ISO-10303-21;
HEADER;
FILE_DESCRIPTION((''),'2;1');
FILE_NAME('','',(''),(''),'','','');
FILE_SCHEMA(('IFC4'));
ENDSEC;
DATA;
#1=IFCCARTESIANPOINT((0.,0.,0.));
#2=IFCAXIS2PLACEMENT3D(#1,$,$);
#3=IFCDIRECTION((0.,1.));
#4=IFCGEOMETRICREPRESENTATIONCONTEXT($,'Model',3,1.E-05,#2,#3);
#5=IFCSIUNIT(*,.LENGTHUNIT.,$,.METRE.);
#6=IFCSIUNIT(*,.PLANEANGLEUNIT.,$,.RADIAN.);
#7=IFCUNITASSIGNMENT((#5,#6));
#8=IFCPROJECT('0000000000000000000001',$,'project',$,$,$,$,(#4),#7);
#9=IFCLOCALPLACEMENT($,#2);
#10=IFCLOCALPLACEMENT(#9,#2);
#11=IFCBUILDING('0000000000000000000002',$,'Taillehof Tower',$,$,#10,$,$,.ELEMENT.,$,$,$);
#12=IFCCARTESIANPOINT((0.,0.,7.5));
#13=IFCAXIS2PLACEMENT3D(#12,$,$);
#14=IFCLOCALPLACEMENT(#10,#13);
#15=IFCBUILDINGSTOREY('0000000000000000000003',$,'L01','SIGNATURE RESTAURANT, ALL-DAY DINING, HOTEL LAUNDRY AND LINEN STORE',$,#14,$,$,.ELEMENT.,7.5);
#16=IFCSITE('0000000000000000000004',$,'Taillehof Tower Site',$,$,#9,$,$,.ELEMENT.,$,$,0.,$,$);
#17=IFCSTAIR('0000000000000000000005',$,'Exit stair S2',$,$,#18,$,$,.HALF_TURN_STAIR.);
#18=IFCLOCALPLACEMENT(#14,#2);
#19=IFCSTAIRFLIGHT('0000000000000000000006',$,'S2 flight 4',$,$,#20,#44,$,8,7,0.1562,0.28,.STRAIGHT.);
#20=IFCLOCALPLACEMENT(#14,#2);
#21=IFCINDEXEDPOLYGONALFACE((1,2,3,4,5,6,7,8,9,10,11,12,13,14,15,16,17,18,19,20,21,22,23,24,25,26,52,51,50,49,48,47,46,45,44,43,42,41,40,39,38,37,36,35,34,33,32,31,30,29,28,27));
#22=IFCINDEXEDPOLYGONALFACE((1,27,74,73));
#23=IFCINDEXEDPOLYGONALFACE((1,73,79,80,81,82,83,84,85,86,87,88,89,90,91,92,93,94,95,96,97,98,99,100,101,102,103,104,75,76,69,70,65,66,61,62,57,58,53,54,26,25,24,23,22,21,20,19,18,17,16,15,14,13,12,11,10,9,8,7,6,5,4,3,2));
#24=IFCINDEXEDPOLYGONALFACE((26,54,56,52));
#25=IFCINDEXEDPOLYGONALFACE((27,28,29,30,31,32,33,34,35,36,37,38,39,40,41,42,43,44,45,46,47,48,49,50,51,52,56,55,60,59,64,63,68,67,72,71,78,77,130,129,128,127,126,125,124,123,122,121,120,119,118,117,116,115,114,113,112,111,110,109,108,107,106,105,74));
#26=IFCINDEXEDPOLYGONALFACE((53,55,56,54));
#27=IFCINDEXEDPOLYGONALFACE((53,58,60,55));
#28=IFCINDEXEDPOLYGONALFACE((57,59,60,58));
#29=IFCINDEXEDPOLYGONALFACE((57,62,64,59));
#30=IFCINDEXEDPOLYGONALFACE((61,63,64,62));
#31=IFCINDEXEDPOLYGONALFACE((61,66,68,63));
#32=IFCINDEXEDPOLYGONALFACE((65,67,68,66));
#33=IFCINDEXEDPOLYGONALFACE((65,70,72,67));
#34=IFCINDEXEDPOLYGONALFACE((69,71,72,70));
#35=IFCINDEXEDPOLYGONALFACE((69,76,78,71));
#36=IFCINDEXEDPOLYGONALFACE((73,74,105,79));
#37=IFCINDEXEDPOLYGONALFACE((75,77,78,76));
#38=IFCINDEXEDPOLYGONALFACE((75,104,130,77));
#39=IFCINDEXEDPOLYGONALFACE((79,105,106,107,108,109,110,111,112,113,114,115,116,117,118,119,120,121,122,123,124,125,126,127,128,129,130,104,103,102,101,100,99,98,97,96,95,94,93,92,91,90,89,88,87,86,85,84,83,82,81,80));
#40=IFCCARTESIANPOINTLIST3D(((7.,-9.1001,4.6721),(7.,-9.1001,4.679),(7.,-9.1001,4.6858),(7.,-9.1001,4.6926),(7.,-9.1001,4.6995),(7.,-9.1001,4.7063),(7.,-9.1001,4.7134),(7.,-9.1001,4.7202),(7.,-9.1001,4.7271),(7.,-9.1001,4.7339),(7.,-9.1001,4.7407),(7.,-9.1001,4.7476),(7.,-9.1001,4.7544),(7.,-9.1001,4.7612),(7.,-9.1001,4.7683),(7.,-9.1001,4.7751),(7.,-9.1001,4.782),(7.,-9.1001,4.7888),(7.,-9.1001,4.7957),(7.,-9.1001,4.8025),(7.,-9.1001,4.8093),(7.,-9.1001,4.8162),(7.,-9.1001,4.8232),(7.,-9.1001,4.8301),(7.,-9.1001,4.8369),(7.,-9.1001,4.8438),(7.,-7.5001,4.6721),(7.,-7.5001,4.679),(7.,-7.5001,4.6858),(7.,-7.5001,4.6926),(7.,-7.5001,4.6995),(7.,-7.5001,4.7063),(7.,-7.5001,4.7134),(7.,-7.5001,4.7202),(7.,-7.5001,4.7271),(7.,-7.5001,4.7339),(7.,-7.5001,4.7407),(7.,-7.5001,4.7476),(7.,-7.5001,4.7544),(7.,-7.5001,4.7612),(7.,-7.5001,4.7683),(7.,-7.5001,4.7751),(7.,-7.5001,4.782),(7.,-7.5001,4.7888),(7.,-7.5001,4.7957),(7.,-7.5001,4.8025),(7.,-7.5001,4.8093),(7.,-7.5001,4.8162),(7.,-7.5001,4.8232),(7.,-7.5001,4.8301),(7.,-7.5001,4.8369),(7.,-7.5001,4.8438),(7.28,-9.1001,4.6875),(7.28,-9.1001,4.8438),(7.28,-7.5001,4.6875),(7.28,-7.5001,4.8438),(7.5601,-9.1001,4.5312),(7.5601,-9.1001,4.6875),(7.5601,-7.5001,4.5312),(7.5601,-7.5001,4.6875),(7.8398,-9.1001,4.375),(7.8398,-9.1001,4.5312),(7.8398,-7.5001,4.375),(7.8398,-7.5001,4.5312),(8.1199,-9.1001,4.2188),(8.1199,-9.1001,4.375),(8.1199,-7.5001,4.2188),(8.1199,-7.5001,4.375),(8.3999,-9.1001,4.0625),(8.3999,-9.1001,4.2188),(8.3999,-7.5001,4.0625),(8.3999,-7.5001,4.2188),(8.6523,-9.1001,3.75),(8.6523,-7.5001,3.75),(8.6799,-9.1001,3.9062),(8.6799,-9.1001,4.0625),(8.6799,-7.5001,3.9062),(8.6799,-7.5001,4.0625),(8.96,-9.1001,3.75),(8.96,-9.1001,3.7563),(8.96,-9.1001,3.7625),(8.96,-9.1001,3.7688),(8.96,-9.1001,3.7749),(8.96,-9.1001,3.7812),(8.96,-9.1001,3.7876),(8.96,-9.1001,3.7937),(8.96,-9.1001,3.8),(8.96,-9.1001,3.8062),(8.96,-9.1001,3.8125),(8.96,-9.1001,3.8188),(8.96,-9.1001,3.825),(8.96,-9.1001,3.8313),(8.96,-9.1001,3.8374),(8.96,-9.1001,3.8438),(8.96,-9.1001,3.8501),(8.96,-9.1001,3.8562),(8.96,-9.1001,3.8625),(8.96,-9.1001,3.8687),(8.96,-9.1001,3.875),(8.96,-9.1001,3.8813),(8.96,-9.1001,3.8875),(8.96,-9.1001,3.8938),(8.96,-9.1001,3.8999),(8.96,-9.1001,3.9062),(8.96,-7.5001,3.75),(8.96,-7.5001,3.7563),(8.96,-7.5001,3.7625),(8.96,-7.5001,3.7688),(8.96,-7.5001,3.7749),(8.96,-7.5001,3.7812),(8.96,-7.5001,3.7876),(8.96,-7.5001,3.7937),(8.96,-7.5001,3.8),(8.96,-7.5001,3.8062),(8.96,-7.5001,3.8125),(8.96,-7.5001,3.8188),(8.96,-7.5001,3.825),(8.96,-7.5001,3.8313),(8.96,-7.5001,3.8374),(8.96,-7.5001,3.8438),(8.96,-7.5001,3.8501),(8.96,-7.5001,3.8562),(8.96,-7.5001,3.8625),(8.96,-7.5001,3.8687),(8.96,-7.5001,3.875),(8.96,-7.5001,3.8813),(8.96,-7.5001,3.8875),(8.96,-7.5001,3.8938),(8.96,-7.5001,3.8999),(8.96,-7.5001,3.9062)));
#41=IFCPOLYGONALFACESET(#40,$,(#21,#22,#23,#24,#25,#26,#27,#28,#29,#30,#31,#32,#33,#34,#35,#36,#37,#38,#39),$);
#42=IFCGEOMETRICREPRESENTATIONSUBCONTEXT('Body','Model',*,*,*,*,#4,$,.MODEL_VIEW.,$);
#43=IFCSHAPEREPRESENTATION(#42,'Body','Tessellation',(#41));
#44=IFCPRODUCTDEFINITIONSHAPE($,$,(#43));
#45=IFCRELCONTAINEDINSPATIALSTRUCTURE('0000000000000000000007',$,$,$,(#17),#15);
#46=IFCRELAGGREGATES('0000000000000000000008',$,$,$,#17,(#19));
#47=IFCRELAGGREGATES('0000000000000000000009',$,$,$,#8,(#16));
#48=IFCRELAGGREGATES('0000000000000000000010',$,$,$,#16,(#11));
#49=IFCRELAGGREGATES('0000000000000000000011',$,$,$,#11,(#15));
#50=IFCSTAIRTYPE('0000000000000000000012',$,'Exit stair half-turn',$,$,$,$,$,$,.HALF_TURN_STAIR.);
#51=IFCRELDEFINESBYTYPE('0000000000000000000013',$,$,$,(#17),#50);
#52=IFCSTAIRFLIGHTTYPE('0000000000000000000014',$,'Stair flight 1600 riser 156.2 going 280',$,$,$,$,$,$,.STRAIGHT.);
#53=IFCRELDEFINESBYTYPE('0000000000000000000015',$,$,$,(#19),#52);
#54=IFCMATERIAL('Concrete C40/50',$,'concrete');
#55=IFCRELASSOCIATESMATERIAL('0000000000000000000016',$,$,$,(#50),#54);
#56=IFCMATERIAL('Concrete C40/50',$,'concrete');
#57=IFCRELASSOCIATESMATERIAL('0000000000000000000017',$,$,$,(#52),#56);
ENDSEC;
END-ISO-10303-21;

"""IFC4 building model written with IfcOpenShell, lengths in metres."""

from ifc_helpers import new_model, si_unit, direction, frame, origin, place, context, subcontext, project, spatial, polyline, outline, extrude, material, type_object, element, aggregate, save


model = new_model("IFC4")

# Units and contexts
model_context = context("Model", 3, precision=1e-05, world=origin(), true_north=direction((0.0, 1.0)))
body_context = subcontext(model_context, "Body", "Model", "MODEL_VIEW")
ifc_project = project(units=[si_unit("LENGTHUNIT", "METRE"), si_unit("PLANEANGLEUNIT", "RADIAN")], contexts=[model_context])

# Site, building, storey
site_placement = place(None, origin())
site = spatial("IfcSite", under=ifc_project, at=site_placement, Name="Taillehof Tower Site", CompositionType="ELEMENT", RefElevation=0.0)
building_placement = place(site_placement, origin())
building = spatial("IfcBuilding", under=site, at=building_placement, Name="Taillehof Tower", CompositionType="ELEMENT")
storey_placement = place(building_placement, frame((0.0, 0.0, 7.5)))
storey = spatial("IfcBuildingStorey", under=building, at=storey_placement, Name="L01", Description="SIGNATURE RESTAURANT, ALL-DAY DINING, HOTEL LAUNDRY AND LINEN STORE", CompositionType="ELEMENT", Elevation=7.5)

# Stair, stair flight
ifc_material_1 = material(Name="Concrete C40/50", Category="concrete")
stair_type = type_object("IfcStairType", Name="Exit stair half-turn", PredefinedType="HALF_TURN_STAIR", material=ifc_material_1)
stair_placement = place(storey_placement, origin())
stair = element("IfcStair", 1, at=stair_placement, inside=storey, type_object=stair_type, Name="Exit stair S2", PredefinedType="HALF_TURN_STAIR")
ifc_material_2 = material(Name="Concrete C40/50", Category="concrete")
stair_flight_type = type_object("IfcStairFlightType", Name="Stair flight 1600 riser 156.2 going 280", PredefinedType="STRAIGHT", material=ifc_material_2)
stair_flight_1_placement = place(storey_placement, frame((8.96, -8.3, 3.75), z_axis=(0.0, 0.0, 1.0), x_axis=(-1.0, 0.0, 0.0)))
stair_flight_1 = element("IfcStairFlight", 2, at=stair_flight_1_placement, type_object=stair_flight_type, Name="S2 flight 4", NumberOfRisers=8, NumberOfTreads=7, PredefinedType="STRAIGHT", RiserHeight=0.1562, TreadLength=0.28, context=body_context, shape_type="SweptSolid", body=[
    extrude(outline(polyline([(0.0, 0.0), (0.0, 0.0063), (0.0, 0.0125), (0.0, 0.0188), (0.0, 0.0249), (0.0, 0.0312), (0.0, 0.0376), (0.0, 0.0437), (0.0, 0.05), (0.0, 0.0562), (0.0, 0.0625), (0.0, 0.0688), (0.0, 0.075), (0.0, 0.0813), (0.0, 0.0874), (0.0, 0.0938), (0.0, 0.1001), (0.0, 0.1062), (0.0, 0.1125), (0.0, 0.1187), (0.0, 0.125), (0.0, 0.1313), (0.0, 0.1375), (0.0, 0.1438), (0.0, 0.1499), (0.0, 0.1562), (0.28, 0.1562), (0.28, 0.3125), (0.5601, 0.3125), (0.5601, 0.4688), (0.8401, 0.4688), (0.8401, 0.625), (1.1201, 0.625), (1.1201, 0.7812), (1.3999, 0.7812), (1.3999, 0.9375), (1.6799, 0.9375), (1.6799, 1.0938), (1.96, 1.0938), (1.96, 1.0869), (1.96, 1.0801), (1.96, 1.0732), (1.96, 1.0662), (1.96, 1.0593), (1.96, 1.0525), (1.96, 1.0457), (1.96, 1.0388), (1.96, 1.032), (1.96, 1.0251), (1.96, 1.0183), (1.96, 1.0112), (1.96, 1.0044), (1.96, 0.9976), (1.96, 0.9907), (1.96, 0.9839), (1.96, 0.9771), (1.96, 0.9702), (1.96, 0.9634), (1.96, 0.9563), (1.96, 0.9495), (1.96, 0.9426), (1.96, 0.9358), (1.96, 0.929), (1.96, 0.9221), (0.3076, 0.0), (0.0, 0.0)])), frame((0.0, 0.8, 0.0), z_axis=(0.0, -1.0, 0.0), x_axis=(1.0, 0.0, 0.0)), (0.0, 0.0, 1.0), 1.6),
])
aggregate(stair, [stair_flight_1])

save(model, "model.ifc")
